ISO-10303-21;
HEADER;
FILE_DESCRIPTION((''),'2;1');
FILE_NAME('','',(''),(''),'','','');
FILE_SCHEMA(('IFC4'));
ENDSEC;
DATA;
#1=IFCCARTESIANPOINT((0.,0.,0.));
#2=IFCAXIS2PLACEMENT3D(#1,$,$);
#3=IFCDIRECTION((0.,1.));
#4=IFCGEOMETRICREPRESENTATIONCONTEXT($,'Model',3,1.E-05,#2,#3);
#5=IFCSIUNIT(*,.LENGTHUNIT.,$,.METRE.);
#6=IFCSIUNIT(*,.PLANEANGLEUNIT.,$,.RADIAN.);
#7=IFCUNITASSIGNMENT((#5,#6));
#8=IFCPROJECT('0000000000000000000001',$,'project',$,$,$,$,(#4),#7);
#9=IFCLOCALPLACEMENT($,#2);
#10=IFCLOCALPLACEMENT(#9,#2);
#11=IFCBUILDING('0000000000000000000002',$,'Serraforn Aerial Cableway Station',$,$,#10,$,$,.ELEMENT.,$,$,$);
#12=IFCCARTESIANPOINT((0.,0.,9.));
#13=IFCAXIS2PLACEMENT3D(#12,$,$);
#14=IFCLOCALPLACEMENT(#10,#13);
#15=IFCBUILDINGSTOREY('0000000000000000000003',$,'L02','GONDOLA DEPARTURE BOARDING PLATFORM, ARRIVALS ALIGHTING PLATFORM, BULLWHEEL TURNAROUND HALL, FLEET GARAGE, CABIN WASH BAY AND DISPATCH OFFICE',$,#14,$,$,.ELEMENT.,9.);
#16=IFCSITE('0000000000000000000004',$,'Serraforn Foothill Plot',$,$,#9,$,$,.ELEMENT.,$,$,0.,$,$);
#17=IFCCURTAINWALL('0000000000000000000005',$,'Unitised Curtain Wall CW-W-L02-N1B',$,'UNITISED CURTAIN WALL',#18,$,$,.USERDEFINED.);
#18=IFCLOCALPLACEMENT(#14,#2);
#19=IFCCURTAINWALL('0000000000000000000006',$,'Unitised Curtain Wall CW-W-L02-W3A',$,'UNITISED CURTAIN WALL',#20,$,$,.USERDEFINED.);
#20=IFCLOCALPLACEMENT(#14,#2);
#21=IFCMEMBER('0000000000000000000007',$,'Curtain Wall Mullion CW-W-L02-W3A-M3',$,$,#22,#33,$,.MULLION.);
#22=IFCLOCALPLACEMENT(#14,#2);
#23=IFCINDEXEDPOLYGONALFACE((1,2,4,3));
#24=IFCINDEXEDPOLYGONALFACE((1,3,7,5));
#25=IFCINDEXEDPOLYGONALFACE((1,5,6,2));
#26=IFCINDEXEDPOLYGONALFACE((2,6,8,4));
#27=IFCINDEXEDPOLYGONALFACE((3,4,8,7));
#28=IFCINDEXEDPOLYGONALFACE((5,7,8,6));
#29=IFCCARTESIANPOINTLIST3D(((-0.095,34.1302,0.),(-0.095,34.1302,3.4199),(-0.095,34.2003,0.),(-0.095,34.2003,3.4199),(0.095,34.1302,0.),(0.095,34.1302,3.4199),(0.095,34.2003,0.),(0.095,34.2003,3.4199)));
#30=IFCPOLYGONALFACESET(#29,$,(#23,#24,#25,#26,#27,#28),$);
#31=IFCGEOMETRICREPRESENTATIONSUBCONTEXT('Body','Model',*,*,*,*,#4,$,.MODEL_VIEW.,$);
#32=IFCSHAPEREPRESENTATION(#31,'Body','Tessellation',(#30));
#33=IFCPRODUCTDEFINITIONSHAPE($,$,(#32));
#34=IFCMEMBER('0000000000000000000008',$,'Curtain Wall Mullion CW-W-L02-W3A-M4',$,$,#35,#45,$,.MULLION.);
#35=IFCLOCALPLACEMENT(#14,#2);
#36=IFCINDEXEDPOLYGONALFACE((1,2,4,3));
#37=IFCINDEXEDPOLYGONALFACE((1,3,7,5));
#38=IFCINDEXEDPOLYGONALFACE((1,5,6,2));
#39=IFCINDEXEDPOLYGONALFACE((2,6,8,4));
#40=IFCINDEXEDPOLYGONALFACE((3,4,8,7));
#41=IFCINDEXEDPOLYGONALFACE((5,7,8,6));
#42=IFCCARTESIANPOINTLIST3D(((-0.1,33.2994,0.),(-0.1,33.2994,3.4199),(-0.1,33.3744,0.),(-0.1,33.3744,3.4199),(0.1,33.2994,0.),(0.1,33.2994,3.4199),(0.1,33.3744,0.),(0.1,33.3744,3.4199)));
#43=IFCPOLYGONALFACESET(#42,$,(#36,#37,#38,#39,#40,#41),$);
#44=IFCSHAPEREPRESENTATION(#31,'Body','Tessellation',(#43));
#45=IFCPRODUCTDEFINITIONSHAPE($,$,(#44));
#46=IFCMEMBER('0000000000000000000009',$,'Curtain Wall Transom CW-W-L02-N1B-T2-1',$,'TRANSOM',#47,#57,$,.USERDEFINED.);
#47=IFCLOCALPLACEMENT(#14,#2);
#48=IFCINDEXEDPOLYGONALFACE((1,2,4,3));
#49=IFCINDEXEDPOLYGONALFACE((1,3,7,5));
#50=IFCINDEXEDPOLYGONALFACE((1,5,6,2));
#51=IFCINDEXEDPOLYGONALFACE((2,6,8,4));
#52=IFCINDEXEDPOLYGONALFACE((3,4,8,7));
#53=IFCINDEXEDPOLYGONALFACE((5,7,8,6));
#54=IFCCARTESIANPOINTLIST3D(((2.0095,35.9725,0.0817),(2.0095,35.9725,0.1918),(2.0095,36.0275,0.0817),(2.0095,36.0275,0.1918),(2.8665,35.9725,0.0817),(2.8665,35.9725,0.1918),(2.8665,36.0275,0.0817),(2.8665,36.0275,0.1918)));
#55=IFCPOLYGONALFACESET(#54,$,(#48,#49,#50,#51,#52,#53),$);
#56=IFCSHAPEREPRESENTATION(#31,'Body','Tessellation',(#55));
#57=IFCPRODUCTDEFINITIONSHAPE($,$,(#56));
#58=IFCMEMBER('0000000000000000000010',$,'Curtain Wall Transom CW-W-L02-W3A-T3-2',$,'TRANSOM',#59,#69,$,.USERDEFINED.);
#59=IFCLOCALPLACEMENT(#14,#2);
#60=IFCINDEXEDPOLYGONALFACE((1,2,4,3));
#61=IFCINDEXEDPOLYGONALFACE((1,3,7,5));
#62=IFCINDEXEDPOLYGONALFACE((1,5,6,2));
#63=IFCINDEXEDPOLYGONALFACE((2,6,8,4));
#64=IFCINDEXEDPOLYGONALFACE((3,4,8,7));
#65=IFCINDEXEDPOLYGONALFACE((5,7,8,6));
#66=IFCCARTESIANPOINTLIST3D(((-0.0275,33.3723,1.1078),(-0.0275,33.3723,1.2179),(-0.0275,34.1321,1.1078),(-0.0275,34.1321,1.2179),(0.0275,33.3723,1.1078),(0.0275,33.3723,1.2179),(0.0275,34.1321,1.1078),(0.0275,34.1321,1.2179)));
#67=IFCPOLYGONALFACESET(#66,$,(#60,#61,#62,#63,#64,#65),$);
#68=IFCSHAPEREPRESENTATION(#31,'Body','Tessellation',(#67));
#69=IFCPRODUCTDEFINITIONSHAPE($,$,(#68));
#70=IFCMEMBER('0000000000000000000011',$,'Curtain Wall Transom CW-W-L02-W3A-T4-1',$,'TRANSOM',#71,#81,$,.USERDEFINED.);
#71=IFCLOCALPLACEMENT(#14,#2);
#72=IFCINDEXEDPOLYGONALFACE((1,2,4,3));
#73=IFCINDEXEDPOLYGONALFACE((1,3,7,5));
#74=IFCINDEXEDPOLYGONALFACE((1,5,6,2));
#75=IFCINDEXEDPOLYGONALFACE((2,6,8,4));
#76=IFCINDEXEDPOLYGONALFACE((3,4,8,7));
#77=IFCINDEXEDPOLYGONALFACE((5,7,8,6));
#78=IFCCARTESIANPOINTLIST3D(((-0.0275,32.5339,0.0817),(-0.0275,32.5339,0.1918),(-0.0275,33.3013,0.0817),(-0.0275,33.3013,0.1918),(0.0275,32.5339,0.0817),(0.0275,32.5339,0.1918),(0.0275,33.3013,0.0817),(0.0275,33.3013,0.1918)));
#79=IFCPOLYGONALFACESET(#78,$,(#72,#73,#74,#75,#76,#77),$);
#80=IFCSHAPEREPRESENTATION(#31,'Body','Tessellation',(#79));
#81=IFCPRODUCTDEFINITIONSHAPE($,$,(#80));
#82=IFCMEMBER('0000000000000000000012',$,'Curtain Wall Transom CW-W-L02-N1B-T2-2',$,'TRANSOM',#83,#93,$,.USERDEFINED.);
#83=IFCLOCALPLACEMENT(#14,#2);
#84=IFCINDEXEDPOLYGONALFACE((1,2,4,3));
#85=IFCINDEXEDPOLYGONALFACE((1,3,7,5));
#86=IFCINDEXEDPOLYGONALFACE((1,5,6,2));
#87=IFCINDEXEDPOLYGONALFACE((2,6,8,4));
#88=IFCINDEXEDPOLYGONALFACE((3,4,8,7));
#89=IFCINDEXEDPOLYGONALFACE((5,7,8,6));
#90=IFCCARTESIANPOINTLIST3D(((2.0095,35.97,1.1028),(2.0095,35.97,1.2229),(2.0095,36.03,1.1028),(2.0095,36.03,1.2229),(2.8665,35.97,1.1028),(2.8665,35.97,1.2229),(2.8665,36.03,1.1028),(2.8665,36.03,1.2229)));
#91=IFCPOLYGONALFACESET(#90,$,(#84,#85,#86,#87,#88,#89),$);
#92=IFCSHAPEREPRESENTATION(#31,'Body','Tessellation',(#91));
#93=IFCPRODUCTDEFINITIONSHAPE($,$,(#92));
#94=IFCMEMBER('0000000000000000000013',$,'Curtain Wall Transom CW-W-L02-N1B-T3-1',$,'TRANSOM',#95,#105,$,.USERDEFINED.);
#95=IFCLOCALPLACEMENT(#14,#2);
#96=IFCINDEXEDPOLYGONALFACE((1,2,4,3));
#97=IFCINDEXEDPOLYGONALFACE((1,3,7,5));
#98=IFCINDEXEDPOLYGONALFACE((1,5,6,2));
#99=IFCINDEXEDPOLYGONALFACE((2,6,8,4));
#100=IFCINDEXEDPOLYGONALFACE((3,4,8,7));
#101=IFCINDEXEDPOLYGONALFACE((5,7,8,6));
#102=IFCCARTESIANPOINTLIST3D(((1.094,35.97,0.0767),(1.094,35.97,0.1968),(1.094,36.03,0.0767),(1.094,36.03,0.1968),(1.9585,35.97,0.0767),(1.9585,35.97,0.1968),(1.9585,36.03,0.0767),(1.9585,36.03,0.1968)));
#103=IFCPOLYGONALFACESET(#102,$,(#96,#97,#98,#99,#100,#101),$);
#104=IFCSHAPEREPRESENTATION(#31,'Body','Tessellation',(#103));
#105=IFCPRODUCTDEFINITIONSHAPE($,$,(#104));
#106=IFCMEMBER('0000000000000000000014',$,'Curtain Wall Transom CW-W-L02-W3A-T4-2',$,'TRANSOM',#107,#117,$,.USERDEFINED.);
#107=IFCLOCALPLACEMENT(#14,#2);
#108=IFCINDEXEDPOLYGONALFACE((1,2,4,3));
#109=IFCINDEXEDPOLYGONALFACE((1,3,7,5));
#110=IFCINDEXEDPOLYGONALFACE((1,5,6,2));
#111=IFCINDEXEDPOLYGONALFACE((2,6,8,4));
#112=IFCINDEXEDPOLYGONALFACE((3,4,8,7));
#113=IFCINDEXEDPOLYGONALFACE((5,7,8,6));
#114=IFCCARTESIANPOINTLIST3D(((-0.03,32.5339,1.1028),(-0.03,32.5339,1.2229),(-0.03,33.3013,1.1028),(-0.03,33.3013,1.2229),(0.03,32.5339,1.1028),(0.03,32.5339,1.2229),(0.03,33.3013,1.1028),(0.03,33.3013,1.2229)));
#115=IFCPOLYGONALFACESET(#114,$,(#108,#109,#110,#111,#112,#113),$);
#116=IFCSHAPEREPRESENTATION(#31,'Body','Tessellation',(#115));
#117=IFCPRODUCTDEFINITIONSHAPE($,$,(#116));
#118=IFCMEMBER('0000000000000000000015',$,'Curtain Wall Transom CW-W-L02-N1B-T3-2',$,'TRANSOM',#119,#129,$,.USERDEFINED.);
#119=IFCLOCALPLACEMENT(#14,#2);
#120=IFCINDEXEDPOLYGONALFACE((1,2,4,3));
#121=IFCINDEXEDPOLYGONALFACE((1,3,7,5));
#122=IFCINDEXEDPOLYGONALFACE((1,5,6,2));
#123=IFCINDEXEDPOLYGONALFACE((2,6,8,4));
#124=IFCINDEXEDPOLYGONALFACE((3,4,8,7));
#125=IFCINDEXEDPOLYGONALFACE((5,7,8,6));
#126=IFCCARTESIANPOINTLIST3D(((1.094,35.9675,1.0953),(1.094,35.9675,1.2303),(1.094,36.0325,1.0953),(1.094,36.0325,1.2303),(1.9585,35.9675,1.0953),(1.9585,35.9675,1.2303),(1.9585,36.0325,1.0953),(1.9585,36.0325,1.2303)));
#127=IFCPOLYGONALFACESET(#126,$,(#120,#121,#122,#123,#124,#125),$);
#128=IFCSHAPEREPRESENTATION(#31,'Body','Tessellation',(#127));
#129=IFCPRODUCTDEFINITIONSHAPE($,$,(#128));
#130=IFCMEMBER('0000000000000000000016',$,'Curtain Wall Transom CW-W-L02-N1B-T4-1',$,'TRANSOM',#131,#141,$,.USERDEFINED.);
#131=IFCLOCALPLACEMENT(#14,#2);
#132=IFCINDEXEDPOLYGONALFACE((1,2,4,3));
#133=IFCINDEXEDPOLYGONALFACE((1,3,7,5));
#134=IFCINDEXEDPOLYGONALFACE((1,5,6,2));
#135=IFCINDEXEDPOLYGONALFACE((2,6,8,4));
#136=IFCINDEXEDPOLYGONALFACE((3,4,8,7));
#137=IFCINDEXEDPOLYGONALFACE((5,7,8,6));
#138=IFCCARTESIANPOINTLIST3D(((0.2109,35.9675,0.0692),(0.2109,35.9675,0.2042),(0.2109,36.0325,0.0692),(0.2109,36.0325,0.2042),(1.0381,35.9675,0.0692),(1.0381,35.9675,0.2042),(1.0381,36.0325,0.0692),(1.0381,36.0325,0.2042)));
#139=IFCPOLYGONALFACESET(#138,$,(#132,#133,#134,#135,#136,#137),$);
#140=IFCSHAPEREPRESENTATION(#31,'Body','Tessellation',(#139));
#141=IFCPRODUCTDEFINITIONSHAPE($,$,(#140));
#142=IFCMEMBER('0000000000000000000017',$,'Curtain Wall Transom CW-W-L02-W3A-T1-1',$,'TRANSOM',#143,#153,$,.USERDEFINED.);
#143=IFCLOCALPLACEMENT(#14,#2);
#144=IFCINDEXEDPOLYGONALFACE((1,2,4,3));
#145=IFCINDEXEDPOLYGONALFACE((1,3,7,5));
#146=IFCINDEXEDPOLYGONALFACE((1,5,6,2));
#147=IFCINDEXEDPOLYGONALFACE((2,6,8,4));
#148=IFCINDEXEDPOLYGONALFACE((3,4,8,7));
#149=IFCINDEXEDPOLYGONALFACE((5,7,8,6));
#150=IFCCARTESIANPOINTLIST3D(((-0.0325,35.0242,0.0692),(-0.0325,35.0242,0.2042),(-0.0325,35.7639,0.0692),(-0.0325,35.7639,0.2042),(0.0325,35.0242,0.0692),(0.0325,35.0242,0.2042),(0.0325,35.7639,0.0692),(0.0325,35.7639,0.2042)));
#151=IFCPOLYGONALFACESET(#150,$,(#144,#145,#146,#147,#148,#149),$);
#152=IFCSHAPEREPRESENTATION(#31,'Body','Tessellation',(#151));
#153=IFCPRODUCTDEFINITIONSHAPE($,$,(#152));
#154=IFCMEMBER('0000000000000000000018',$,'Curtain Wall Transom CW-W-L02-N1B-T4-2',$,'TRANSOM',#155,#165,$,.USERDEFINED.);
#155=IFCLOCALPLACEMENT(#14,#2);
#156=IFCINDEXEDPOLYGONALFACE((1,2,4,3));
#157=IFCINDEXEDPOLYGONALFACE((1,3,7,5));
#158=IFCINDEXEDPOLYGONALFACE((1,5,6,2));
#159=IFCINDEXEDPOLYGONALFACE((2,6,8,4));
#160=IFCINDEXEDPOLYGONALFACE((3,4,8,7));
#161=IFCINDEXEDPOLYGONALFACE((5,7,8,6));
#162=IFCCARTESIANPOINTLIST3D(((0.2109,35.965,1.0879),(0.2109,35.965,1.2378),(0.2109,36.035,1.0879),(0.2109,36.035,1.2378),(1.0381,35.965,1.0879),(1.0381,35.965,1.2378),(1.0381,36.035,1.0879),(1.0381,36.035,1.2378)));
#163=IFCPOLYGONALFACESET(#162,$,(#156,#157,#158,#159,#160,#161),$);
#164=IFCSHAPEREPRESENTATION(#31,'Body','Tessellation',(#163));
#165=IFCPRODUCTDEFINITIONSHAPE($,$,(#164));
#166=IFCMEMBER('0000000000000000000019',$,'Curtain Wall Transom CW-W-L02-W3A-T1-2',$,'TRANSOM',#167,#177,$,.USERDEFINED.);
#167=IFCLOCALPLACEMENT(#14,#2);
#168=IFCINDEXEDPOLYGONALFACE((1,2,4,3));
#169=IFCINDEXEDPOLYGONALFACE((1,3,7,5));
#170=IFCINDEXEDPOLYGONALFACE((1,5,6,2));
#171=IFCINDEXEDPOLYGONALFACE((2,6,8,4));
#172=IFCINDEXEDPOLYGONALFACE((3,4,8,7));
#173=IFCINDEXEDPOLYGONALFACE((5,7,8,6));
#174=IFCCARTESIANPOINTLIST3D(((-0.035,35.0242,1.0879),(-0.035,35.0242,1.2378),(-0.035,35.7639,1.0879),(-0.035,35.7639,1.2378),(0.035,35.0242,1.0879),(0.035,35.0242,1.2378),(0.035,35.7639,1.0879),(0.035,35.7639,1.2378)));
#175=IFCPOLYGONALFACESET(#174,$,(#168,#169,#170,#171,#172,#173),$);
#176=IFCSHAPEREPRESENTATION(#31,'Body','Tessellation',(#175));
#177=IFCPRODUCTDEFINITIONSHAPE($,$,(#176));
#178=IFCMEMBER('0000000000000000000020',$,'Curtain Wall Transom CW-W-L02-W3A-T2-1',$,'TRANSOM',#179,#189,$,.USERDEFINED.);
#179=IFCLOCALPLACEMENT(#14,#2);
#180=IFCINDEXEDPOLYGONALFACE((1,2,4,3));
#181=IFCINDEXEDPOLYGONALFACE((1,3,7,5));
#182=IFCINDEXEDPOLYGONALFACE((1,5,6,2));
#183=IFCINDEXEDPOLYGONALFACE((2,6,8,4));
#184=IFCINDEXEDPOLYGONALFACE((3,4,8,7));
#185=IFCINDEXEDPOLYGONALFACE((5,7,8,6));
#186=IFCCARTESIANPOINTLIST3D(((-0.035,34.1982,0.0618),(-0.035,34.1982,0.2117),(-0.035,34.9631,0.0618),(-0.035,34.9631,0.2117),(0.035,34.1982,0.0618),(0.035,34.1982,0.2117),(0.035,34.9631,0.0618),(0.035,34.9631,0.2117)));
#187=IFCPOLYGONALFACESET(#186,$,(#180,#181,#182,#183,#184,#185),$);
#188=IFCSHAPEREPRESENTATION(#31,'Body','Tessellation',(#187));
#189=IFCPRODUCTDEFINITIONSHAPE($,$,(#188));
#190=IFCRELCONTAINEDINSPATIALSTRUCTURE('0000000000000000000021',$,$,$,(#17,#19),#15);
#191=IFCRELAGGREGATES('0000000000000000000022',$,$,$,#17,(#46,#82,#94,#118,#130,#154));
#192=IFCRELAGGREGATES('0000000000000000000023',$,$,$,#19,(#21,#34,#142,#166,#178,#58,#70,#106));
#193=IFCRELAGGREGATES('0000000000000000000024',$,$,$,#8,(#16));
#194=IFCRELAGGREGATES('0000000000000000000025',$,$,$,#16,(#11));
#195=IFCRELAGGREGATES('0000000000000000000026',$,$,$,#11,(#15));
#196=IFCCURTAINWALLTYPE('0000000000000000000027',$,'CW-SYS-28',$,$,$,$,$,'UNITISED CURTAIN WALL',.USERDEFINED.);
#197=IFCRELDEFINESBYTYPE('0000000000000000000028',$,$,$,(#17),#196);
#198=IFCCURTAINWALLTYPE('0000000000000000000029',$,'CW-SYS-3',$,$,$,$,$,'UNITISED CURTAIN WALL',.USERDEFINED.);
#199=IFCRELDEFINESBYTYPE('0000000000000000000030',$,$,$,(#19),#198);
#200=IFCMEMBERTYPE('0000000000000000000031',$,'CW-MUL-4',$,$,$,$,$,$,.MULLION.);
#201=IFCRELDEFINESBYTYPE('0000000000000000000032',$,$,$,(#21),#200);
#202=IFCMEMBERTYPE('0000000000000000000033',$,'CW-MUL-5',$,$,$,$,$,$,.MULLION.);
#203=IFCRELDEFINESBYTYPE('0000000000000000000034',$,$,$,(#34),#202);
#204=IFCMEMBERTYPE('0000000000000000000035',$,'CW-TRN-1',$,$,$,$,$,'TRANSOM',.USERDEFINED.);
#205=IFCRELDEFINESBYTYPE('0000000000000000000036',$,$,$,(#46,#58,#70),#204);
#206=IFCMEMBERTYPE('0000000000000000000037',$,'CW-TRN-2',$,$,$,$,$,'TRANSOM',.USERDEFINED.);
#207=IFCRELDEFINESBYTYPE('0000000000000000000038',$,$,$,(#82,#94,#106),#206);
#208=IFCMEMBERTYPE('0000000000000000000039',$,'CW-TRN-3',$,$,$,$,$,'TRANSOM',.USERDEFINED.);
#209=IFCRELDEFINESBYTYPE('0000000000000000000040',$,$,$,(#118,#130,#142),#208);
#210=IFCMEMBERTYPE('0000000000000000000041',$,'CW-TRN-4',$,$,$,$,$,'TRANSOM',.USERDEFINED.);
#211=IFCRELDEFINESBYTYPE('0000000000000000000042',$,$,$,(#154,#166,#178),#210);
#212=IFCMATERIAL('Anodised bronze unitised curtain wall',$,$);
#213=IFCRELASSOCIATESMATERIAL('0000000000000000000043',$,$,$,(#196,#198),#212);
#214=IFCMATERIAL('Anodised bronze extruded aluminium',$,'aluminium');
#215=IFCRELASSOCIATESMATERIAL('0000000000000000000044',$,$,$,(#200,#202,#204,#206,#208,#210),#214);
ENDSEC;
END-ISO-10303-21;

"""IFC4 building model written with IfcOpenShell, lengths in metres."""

from ifc_helpers import new_model, si_unit, direction, frame, origin, origin_2d, place, context, subcontext, project, spatial, rectangle, extrude, material, material_profile, profile_set, type_object, element, aggregate, save


model = new_model("IFC4")

# Units and contexts
model_context = context("Model", 3, precision=1e-05, world=origin(), true_north=direction((0.0, 1.0)))
body_context = subcontext(model_context, "Body", "Model", "MODEL_VIEW")
ifc_project = project(units=[si_unit("LENGTHUNIT", "METRE"), si_unit("PLANEANGLEUNIT", "RADIAN")], contexts=[model_context])

# Site, building, storey
site_placement = place(None, origin())
site = spatial("IfcSite", under=ifc_project, at=site_placement, Name="Serraforn Foothill Plot", CompositionType="ELEMENT", RefElevation=0.0)
building_placement = place(site_placement, origin())
building = spatial("IfcBuilding", under=site, at=building_placement, Name="Serraforn Aerial Cableway Station", CompositionType="ELEMENT")
storey_placement = place(building_placement, frame((0.0, 0.0, 9.0)))
storey = spatial("IfcBuildingStorey", under=building, at=storey_placement, Name="L02", Description="GONDOLA DEPARTURE BOARDING PLATFORM, ARRIVALS ALIGHTING PLATFORM, BULLWHEEL TURNAROUND HALL, FLEET GARAGE, CABIN WASH BAY AND DISPATCH OFFICE", CompositionType="ELEMENT", Elevation=9.0)

# Curtain walls
ifc_material_1 = material(Name="Anodised bronze unitised curtain wall")
curtain_wall_type_1 = type_object("IfcCurtainWallType", Name="CW-SYS-28", ElementType="UNITISED CURTAIN WALL", PredefinedType="USERDEFINED", material=ifc_material_1)
curtain_wall_1_placement = place(storey_placement, origin())
curtain_wall_1 = element("IfcCurtainWall", 1, at=curtain_wall_1_placement, inside=storey, type_object=curtain_wall_type_1, Name="Unitised Curtain Wall CW-W-L02-N1B", ObjectType="UNITISED CURTAIN WALL", PredefinedType="USERDEFINED")
ifc_material_2 = material(Name="Anodised bronze extruded aluminium", Category="aluminium")
curtain_wall_type_2 = type_object("IfcCurtainWallType", Name="CW-SYS-3", ElementType="UNITISED CURTAIN WALL", PredefinedType="USERDEFINED", material=ifc_material_1)
curtain_wall_2_placement = place(storey_placement, origin())
curtain_wall_2 = element("IfcCurtainWall", 2, at=curtain_wall_2_placement, inside=storey, type_object=curtain_wall_type_2, Name="Unitised Curtain Wall CW-W-L02-W3A", ObjectType="UNITISED CURTAIN WALL", PredefinedType="USERDEFINED")

# Members
ifc_material_profile_1 = material_profile(ifc_material_2, rectangle(XDim=0.0701, YDim=0.1899, at=origin_2d()), Name="CW MULLION 70x190")
ifc_profile_set_1 = profile_set([ifc_material_profile_1], Name="Anodised bronze extruded aluminium")
member_type_1 = type_object("IfcMemberType", Name="CW-MUL-4", PredefinedType="MULLION", material=ifc_profile_set_1)
member_1_placement = place(storey_placement, frame((0.0, 34.1653, 0.0), z_axis=(0.0, 0.0, 1.0), x_axis=(0.0, -1.0, 0.0)))
member_1 = element("IfcMember", 3, at=member_1_placement, type_object=member_type_1, Name="Curtain Wall Mullion CW-W-L02-W3A-M3", PredefinedType="MULLION", context=body_context, shape_type="SweptSolid", body=[
    extrude(rectangle(XDim=0.0701, YDim=0.1899, at=origin_2d()), origin(), (0.0, 0.0, 1.0), 3.4199),
])
ifc_material_profile_2 = material_profile(ifc_material_2, rectangle(XDim=0.075, YDim=0.2, at=origin_2d()), Name="CW MULLION 75x200")
ifc_profile_set_2 = profile_set([ifc_material_profile_2], Name="Anodised bronze extruded aluminium")
member_type_2 = type_object("IfcMemberType", Name="CW-MUL-5", PredefinedType="MULLION", material=ifc_profile_set_2)
member_2_placement = place(storey_placement, frame((0.0, 33.3369, 0.0), z_axis=(0.0, 0.0, 1.0), x_axis=(0.0, -1.0, 0.0)))
member_2 = element("IfcMember", 4, at=member_2_placement, type_object=member_type_2, Name="Curtain Wall Mullion CW-W-L02-W3A-M4", PredefinedType="MULLION", context=body_context, shape_type="SweptSolid", body=[
    extrude(rectangle(XDim=0.075, YDim=0.2, at=origin_2d()), origin(), (0.0, 0.0, 1.0), 3.4199),
])
ifc_material_profile_3 = material_profile(ifc_material_2, rectangle(XDim=0.0549, YDim=0.1101, at=origin_2d()), Name="CW TRANSOM 55x110")
ifc_profile_set_3 = profile_set([ifc_material_profile_3], Name="Anodised bronze extruded aluminium")
member_type_3 = type_object("IfcMemberType", Name="CW-TRN-1", ElementType="TRANSOM", PredefinedType="USERDEFINED", material=ifc_profile_set_3)
member_3_placement = place(storey_placement, frame((2.8665, 36.0, 0.1367), z_axis=(-1.0, 0.0, 0.0), x_axis=(0.0, -1.0, 0.0)))
member_3 = element("IfcMember", 5, at=member_3_placement, type_object=member_type_3, Name="Curtain Wall Transom CW-W-L02-N1B-T2-1", ObjectType="TRANSOM", PredefinedType="USERDEFINED", context=body_context, shape_type="SweptSolid", body=[
    extrude(rectangle(XDim=0.0549, YDim=0.1101, at=origin_2d()), origin(), (0.0, 0.0, 1.0), 0.8569),
])
member_4_placement = place(storey_placement, frame((0.0, 34.1321, 1.1628), z_axis=(0.0, -1.0, 0.0), x_axis=(1.0, 0.0, 0.0)))
member_4 = element("IfcMember", 6, at=member_4_placement, type_object=member_type_3, Name="Curtain Wall Transom CW-W-L02-W3A-T3-2", ObjectType="TRANSOM", PredefinedType="USERDEFINED", context=body_context, shape_type="SweptSolid", body=[
    extrude(rectangle(XDim=0.0549, YDim=0.1101, at=origin_2d()), origin(), (0.0, 0.0, 1.0), 0.7598),
])
member_5_placement = place(storey_placement, frame((0.0, 33.3013, 0.1367), z_axis=(0.0, -1.0, 0.0), x_axis=(1.0, 0.0, 0.0)))
member_5 = element("IfcMember", 7, at=member_5_placement, type_object=member_type_3, Name="Curtain Wall Transom CW-W-L02-W3A-T4-1", ObjectType="TRANSOM", PredefinedType="USERDEFINED", context=body_context, shape_type="SweptSolid", body=[
    extrude(rectangle(XDim=0.0549, YDim=0.1101, at=origin_2d()), origin(), (0.0, 0.0, 1.0), 0.7673),
])
ifc_material_profile_4 = material_profile(ifc_material_2, rectangle(XDim=0.0601, YDim=0.1201, at=origin_2d()), Name="CW TRANSOM 60x120")
ifc_profile_set_4 = profile_set([ifc_material_profile_4], Name="Anodised bronze extruded aluminium")
member_type_4 = type_object("IfcMemberType", Name="CW-TRN-2", ElementType="TRANSOM", PredefinedType="USERDEFINED", material=ifc_profile_set_4)
member_6_placement = place(storey_placement, frame((2.8665, 36.0, 1.1628), z_axis=(-1.0, 0.0, 0.0), x_axis=(0.0, -1.0, 0.0)))
member_6 = element("IfcMember", 8, at=member_6_placement, type_object=member_type_4, Name="Curtain Wall Transom CW-W-L02-N1B-T2-2", ObjectType="TRANSOM", PredefinedType="USERDEFINED", context=body_context, shape_type="SweptSolid", body=[
    extrude(rectangle(XDim=0.0601, YDim=0.1201, at=origin_2d()), origin(), (0.0, 0.0, 1.0), 0.8569),
])
member_7_placement = place(storey_placement, frame((1.9585, 36.0, 0.1367), z_axis=(-1.0, 0.0, 0.0), x_axis=(0.0, -1.0, 0.0)))
member_7 = element("IfcMember", 9, at=member_7_placement, type_object=member_type_4, Name="Curtain Wall Transom CW-W-L02-N1B-T3-1", ObjectType="TRANSOM", PredefinedType="USERDEFINED", context=body_context, shape_type="SweptSolid", body=[
    extrude(rectangle(XDim=0.0601, YDim=0.1201, at=origin_2d()), origin(), (0.0, 0.0, 1.0), 0.8645),
])
member_8_placement = place(storey_placement, frame((0.0, 33.3013, 1.1628), z_axis=(0.0, -1.0, 0.0), x_axis=(1.0, 0.0, 0.0)))
member_8 = element("IfcMember", 10, at=member_8_placement, type_object=member_type_4, Name="Curtain Wall Transom CW-W-L02-W3A-T4-2", ObjectType="TRANSOM", PredefinedType="USERDEFINED", context=body_context, shape_type="SweptSolid", body=[
    extrude(rectangle(XDim=0.0601, YDim=0.1201, at=origin_2d()), origin(), (0.0, 0.0, 1.0), 0.7673),
])
ifc_material_profile_5 = material_profile(ifc_material_2, rectangle(XDim=0.0649, YDim=0.135, at=origin_2d()), Name="CW TRANSOM 65x135")
ifc_profile_set_5 = profile_set([ifc_material_profile_5], Name="Anodised bronze extruded aluminium")
member_type_5 = type_object("IfcMemberType", Name="CW-TRN-3", ElementType="TRANSOM", PredefinedType="USERDEFINED", material=ifc_profile_set_5)
member_9_placement = place(storey_placement, frame((1.9585, 36.0, 1.1628), z_axis=(-1.0, 0.0, 0.0), x_axis=(0.0, -1.0, 0.0)))
member_9 = element("IfcMember", 11, at=member_9_placement, type_object=member_type_5, Name="Curtain Wall Transom CW-W-L02-N1B-T3-2", ObjectType="TRANSOM", PredefinedType="USERDEFINED", context=body_context, shape_type="SweptSolid", body=[
    extrude(rectangle(XDim=0.0649, YDim=0.135, at=origin_2d()), origin(), (0.0, 0.0, 1.0), 0.8645),
])
member_10_placement = place(storey_placement, frame((1.0381, 36.0, 0.1367), z_axis=(-1.0, 0.0, 0.0), x_axis=(0.0, -1.0, 0.0)))
member_10 = element("IfcMember", 12, at=member_10_placement, type_object=member_type_5, Name="Curtain Wall Transom CW-W-L02-N1B-T4-1", ObjectType="TRANSOM", PredefinedType="USERDEFINED", context=body_context, shape_type="SweptSolid", body=[
    extrude(rectangle(XDim=0.0649, YDim=0.135, at=origin_2d()), origin(), (0.0, 0.0, 1.0), 0.8271),
])
member_11_placement = place(storey_placement, frame((0.0, 35.7639, 0.1367), z_axis=(0.0, -1.0, 0.0), x_axis=(1.0, 0.0, 0.0)))
member_11 = element("IfcMember", 13, at=member_11_placement, type_object=member_type_5, Name="Curtain Wall Transom CW-W-L02-W3A-T1-1", ObjectType="TRANSOM", PredefinedType="USERDEFINED", context=body_context, shape_type="SweptSolid", body=[
    extrude(rectangle(XDim=0.0649, YDim=0.135, at=origin_2d()), origin(), (0.0, 0.0, 1.0), 0.7397),
])
ifc_material_profile_6 = material_profile(ifc_material_2, rectangle(XDim=0.0701, YDim=0.1499, at=origin_2d()), Name="CW TRANSOM 70x150")
ifc_profile_set_6 = profile_set([ifc_material_profile_6], Name="Anodised bronze extruded aluminium")
member_type_6 = type_object("IfcMemberType", Name="CW-TRN-4", ElementType="TRANSOM", PredefinedType="USERDEFINED", material=ifc_profile_set_6)
member_12_placement = place(storey_placement, frame((1.0381, 36.0, 1.1628), z_axis=(-1.0, 0.0, 0.0), x_axis=(0.0, -1.0, 0.0)))
member_12 = element("IfcMember", 14, at=member_12_placement, type_object=member_type_6, Name="Curtain Wall Transom CW-W-L02-N1B-T4-2", ObjectType="TRANSOM", PredefinedType="USERDEFINED", context=body_context, shape_type="SweptSolid", body=[
    extrude(rectangle(XDim=0.0701, YDim=0.1499, at=origin_2d()), origin(), (0.0, 0.0, 1.0), 0.8271),
])
member_13_placement = place(storey_placement, frame((0.0, 35.7639, 1.1628), z_axis=(0.0, -1.0, 0.0), x_axis=(1.0, 0.0, 0.0)))
member_13 = element("IfcMember", 15, at=member_13_placement, type_object=member_type_6, Name="Curtain Wall Transom CW-W-L02-W3A-T1-2", ObjectType="TRANSOM", PredefinedType="USERDEFINED", context=body_context, shape_type="SweptSolid", body=[
    extrude(rectangle(XDim=0.0701, YDim=0.1499, at=origin_2d()), origin(), (0.0, 0.0, 1.0), 0.7397),
])
member_14_placement = place(storey_placement, frame((0.0, 34.9631, 0.1367), z_axis=(0.0, -1.0, 0.0), x_axis=(1.0, 0.0, 0.0)))
member_14 = element("IfcMember", 16, at=member_14_placement, type_object=member_type_6, Name="Curtain Wall Transom CW-W-L02-W3A-T2-1", ObjectType="TRANSOM", PredefinedType="USERDEFINED", context=body_context, shape_type="SweptSolid", body=[
    extrude(rectangle(XDim=0.0701, YDim=0.1499, at=origin_2d()), origin(), (0.0, 0.0, 1.0), 0.7649),
])

aggregate(curtain_wall_1, [member_3, member_6, member_7, member_9, member_10, member_12])
aggregate(curtain_wall_2, [member_1, member_2, member_11, member_13, member_14, member_4, member_5, member_8])

save(model, "model.ifc")
